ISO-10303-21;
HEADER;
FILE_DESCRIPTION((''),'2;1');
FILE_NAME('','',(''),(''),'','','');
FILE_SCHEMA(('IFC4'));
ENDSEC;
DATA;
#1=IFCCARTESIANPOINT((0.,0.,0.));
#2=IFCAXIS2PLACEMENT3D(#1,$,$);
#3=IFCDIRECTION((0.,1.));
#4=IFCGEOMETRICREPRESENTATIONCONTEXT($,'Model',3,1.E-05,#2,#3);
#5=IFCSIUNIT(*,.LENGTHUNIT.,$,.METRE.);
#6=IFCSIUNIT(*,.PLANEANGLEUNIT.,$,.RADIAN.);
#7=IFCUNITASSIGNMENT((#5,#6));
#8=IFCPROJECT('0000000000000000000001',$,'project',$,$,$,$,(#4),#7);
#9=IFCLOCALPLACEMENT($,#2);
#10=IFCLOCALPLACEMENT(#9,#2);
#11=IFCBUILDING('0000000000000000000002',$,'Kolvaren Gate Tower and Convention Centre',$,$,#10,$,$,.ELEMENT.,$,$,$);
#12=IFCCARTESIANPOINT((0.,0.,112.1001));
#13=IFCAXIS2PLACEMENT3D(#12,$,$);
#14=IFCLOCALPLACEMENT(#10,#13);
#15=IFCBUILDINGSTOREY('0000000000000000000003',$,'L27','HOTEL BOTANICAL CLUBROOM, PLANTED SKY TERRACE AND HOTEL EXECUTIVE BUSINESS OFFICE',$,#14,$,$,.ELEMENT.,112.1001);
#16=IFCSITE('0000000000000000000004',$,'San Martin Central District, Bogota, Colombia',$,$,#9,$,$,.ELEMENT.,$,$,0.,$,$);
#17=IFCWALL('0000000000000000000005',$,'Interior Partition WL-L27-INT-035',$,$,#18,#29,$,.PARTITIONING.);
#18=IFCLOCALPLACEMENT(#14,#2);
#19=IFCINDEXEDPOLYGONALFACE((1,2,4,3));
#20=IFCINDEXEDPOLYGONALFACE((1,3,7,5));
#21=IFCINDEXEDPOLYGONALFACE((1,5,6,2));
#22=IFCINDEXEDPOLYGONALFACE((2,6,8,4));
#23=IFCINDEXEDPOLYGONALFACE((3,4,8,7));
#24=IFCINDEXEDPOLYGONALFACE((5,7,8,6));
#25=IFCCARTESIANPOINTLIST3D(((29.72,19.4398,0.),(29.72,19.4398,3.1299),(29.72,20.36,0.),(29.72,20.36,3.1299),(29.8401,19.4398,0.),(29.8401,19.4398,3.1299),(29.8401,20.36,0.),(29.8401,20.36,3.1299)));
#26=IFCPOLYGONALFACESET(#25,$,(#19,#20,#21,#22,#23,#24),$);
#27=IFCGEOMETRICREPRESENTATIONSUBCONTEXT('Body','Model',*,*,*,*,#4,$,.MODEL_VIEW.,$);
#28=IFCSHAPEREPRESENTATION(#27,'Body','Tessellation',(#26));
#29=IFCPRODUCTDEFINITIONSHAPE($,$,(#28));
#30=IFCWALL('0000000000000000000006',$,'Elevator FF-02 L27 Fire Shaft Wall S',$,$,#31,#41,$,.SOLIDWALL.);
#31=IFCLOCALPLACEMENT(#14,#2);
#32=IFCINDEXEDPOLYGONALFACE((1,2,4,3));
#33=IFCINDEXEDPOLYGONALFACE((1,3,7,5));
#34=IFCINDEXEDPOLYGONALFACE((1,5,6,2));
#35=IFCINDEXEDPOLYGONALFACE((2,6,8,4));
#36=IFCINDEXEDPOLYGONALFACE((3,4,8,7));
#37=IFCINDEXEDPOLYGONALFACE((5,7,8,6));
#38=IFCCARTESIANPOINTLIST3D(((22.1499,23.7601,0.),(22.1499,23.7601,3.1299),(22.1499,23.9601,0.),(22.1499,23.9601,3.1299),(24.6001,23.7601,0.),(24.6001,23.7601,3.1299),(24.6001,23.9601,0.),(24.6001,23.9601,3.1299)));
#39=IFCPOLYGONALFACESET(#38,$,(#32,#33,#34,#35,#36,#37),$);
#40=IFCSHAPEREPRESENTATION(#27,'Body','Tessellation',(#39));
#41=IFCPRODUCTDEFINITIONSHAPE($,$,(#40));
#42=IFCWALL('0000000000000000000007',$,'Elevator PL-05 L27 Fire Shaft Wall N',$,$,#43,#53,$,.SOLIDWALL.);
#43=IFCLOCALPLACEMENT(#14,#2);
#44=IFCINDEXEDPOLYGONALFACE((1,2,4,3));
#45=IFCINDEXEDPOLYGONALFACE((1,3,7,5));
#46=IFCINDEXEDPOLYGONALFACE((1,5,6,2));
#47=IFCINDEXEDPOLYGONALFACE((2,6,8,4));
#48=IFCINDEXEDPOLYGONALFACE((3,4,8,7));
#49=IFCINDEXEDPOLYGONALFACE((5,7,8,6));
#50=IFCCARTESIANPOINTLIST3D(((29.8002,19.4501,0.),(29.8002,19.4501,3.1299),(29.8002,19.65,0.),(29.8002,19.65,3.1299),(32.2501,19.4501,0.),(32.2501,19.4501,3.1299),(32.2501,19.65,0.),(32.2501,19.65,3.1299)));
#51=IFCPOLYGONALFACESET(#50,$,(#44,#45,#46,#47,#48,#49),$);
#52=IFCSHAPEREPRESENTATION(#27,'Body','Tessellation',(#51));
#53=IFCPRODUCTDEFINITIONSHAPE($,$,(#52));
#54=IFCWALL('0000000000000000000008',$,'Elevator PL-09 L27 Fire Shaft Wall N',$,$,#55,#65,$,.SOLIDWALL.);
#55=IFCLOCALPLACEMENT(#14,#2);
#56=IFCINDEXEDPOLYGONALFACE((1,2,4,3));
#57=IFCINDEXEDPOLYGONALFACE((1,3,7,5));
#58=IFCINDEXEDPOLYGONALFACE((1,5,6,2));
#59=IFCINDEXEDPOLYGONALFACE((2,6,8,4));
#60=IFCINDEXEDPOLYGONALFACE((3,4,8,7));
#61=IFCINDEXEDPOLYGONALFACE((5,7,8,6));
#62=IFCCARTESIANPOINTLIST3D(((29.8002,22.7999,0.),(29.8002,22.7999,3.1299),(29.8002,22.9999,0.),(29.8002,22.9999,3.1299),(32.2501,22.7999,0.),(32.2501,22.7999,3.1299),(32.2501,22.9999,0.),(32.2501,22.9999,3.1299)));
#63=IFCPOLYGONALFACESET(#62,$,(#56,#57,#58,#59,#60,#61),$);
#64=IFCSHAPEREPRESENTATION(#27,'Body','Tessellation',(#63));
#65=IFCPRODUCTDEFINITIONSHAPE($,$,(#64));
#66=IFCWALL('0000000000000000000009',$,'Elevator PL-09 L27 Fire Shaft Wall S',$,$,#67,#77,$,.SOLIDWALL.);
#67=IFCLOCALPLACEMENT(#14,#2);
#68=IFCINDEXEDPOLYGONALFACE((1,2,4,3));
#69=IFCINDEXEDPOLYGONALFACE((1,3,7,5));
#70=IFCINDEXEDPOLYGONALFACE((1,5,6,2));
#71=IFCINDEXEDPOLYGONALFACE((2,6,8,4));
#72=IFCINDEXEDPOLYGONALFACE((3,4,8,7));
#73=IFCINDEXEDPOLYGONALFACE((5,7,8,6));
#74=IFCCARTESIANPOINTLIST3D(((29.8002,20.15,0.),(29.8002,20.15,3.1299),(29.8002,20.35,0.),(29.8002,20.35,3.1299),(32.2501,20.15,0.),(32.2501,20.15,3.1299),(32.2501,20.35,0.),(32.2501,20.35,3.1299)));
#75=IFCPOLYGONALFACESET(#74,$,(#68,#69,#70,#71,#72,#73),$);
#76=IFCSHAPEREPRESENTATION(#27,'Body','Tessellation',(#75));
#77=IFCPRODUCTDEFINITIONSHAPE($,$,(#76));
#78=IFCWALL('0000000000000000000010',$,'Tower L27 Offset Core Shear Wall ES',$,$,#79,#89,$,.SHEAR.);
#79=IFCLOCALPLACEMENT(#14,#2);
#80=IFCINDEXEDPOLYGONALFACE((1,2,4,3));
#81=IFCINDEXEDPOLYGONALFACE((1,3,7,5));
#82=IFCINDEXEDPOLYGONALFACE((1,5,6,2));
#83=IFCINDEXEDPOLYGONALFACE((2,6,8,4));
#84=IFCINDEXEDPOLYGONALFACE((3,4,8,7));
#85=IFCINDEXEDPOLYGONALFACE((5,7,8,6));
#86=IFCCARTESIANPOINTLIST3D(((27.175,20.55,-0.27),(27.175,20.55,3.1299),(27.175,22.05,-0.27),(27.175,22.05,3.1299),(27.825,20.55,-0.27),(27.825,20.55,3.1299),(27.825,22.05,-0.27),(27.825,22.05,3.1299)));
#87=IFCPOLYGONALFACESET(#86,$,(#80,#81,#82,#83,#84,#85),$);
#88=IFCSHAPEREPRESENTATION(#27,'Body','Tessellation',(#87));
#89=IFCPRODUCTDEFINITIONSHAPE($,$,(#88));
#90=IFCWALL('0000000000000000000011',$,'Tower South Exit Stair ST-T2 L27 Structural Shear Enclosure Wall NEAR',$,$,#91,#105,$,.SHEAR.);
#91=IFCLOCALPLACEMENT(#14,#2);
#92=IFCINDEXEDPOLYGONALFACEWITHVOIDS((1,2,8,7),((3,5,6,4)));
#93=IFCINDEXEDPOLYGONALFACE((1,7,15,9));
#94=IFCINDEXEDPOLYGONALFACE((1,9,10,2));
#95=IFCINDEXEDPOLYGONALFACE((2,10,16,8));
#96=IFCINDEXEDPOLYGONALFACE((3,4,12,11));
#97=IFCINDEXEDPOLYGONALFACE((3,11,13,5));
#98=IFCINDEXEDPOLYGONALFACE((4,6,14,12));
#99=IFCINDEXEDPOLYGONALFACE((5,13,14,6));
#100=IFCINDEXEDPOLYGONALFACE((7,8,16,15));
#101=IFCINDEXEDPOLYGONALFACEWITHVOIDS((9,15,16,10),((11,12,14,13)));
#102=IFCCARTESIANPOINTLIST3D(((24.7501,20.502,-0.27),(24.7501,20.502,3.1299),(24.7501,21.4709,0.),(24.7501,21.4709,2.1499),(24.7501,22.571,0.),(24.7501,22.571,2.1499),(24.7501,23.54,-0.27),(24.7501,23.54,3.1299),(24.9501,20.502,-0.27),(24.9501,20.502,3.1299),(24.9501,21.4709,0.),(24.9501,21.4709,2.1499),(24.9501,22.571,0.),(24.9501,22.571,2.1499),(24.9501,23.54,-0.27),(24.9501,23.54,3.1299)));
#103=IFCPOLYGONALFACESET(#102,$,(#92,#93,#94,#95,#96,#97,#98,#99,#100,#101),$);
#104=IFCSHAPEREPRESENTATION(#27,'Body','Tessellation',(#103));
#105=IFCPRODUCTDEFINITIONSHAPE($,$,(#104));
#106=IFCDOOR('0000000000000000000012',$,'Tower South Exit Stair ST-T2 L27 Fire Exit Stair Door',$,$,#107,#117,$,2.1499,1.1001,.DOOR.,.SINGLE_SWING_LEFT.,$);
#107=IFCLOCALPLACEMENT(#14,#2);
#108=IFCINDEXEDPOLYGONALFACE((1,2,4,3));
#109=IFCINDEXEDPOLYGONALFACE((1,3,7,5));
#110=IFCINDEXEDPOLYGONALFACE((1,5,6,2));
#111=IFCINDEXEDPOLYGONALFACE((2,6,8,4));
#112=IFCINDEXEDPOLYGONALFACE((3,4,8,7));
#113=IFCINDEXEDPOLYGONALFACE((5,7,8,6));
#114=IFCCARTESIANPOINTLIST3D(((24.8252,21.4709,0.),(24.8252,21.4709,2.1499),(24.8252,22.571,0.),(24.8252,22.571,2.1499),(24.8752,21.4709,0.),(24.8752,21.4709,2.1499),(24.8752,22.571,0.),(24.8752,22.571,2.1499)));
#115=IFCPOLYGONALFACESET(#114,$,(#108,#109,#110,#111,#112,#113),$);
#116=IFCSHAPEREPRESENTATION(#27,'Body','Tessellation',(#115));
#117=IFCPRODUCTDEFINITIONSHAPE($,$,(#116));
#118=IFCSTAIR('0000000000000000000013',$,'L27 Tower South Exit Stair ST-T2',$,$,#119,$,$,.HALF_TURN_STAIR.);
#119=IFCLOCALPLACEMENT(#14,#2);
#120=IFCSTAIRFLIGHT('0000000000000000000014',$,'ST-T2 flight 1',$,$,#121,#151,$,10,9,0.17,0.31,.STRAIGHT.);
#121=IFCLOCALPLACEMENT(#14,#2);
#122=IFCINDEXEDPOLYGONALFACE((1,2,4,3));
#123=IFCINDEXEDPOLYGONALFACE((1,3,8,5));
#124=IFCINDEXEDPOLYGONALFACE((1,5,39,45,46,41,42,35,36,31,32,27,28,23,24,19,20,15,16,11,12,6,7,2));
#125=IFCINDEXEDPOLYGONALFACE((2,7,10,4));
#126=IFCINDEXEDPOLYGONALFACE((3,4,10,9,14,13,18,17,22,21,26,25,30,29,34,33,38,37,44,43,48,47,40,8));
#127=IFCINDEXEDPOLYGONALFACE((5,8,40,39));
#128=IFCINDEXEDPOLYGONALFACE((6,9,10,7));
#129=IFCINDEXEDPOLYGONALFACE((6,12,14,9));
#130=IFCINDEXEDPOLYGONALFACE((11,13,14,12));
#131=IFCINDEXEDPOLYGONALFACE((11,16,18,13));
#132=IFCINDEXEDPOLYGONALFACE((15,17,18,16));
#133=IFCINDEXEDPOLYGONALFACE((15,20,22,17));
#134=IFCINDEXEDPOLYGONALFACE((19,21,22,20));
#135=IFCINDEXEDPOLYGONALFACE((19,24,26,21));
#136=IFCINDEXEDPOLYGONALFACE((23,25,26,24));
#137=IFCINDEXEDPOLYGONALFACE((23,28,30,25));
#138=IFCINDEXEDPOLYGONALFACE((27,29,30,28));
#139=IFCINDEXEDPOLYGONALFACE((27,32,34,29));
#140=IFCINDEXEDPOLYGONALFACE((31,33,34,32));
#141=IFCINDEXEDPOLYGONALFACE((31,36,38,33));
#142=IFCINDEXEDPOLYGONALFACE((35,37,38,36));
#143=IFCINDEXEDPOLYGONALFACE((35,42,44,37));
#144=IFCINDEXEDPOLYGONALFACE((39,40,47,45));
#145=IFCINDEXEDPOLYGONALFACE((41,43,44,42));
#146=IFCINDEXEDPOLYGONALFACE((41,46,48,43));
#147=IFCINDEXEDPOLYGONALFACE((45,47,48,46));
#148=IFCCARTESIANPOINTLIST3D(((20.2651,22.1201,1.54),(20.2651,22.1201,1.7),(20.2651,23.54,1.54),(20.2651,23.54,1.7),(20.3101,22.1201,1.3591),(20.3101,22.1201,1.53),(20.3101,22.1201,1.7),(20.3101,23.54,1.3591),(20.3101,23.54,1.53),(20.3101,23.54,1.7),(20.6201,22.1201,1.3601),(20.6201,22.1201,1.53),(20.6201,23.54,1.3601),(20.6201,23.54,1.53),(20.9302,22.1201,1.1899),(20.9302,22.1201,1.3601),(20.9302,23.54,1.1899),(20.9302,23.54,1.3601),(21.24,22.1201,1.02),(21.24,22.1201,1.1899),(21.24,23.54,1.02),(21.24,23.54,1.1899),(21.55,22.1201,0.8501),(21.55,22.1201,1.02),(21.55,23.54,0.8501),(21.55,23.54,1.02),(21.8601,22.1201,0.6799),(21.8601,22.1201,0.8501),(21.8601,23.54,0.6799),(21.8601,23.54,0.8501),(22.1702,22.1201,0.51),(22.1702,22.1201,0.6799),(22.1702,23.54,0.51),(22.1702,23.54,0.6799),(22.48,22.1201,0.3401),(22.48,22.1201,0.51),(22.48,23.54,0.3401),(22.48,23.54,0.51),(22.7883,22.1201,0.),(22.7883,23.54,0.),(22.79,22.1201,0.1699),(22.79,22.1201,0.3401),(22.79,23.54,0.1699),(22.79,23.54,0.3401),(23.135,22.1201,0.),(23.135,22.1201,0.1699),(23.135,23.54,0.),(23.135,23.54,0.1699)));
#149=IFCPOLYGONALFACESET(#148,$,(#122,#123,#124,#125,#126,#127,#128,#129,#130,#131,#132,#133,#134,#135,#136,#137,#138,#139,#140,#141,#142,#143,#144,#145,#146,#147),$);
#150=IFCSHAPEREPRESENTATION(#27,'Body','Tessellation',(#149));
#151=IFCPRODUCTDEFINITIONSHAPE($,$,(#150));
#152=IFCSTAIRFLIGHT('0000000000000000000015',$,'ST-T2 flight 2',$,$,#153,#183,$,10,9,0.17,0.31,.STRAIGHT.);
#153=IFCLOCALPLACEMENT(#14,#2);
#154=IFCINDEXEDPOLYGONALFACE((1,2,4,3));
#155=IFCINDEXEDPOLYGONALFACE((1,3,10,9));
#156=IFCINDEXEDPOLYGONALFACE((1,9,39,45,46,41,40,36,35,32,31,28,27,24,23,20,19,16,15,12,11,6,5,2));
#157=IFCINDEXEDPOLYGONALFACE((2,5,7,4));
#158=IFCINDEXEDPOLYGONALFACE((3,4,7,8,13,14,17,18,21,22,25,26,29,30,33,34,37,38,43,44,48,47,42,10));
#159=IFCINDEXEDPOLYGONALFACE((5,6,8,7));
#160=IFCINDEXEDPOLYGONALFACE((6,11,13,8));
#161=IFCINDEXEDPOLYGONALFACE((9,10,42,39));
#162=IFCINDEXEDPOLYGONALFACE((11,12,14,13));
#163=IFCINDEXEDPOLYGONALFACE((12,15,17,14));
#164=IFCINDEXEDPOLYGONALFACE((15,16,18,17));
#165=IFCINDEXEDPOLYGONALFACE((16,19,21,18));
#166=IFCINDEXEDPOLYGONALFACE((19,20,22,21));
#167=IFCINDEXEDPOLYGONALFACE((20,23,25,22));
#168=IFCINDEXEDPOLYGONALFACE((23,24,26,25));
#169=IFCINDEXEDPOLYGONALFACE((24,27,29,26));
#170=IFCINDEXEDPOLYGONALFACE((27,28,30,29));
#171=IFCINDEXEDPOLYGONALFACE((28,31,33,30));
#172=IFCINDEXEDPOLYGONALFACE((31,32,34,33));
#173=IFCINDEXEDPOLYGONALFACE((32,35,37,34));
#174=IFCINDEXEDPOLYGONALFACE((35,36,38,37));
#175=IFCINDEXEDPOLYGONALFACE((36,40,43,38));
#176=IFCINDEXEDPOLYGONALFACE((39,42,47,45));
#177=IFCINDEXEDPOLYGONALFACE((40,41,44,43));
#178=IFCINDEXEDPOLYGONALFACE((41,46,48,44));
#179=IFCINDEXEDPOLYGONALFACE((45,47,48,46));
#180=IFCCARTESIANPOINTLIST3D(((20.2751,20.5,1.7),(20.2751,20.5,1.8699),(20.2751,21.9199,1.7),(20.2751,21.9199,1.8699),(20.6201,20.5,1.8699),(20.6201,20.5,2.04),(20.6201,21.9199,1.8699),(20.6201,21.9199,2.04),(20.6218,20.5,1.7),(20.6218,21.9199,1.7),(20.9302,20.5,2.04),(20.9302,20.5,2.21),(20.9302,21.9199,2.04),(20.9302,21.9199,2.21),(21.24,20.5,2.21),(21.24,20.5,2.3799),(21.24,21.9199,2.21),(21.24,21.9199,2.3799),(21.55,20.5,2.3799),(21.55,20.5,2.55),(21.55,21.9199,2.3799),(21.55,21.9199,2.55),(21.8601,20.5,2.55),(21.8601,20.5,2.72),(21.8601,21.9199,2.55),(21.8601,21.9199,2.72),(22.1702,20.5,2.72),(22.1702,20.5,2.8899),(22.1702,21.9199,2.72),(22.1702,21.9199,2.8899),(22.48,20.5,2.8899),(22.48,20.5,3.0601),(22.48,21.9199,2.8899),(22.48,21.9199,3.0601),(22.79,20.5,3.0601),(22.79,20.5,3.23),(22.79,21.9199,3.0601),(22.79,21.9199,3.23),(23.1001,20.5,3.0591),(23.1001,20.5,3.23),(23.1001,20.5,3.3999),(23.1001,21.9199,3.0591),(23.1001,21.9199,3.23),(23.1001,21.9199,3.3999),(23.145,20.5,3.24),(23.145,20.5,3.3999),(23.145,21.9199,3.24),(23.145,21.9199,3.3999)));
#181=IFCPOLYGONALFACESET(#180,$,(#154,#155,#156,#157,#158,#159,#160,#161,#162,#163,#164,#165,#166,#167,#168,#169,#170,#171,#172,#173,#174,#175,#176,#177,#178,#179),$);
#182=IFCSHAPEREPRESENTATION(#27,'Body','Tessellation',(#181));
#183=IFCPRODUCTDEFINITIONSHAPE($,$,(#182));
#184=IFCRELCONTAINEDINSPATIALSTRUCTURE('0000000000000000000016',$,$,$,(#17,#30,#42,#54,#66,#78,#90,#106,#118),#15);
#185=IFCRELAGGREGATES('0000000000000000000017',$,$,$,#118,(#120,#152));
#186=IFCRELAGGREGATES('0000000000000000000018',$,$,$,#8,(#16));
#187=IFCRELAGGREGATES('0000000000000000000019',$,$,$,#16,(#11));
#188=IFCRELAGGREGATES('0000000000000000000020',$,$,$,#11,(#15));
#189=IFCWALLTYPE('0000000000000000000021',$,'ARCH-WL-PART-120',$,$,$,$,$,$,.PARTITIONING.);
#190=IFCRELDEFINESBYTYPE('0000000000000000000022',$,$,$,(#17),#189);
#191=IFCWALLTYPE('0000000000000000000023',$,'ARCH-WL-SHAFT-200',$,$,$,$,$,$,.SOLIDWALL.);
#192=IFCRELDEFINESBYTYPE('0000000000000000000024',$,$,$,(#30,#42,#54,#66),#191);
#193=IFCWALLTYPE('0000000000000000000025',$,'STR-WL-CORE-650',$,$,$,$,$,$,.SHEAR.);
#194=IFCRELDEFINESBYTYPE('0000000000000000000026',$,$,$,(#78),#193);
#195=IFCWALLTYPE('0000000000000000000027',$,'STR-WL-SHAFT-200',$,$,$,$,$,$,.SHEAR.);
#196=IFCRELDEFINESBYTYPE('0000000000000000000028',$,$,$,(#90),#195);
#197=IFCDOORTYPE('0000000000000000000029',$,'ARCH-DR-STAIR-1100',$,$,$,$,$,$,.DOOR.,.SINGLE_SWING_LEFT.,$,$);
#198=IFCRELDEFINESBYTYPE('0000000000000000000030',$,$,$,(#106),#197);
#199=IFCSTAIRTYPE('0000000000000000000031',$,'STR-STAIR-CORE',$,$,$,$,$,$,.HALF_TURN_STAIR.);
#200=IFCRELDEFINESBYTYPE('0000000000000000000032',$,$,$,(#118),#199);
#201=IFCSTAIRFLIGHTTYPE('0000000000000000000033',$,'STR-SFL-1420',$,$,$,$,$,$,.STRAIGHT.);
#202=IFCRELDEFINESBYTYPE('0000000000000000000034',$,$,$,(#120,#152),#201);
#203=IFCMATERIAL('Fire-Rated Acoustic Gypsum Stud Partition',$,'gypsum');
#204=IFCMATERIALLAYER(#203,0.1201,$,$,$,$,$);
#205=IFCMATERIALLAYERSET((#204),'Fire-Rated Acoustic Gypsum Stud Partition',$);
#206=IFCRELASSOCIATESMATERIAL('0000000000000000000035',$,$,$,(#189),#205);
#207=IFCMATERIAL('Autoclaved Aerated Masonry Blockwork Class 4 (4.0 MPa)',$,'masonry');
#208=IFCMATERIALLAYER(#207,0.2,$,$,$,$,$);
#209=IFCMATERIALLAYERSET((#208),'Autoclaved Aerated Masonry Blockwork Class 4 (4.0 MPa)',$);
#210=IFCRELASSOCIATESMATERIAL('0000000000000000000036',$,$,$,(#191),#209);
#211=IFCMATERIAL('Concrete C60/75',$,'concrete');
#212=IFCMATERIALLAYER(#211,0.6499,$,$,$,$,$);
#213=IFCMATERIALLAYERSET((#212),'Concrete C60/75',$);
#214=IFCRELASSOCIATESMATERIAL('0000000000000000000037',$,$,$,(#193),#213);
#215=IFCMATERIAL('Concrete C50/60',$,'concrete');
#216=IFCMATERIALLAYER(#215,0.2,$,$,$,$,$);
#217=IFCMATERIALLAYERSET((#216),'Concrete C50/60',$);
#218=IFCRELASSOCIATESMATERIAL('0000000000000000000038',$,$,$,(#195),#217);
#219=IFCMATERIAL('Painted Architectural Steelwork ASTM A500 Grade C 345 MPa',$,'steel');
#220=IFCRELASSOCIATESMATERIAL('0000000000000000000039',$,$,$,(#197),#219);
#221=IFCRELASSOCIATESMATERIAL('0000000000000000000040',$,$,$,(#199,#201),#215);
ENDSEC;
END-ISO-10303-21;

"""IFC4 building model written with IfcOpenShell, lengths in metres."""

from ifc_helpers import new_model, si_unit, direction, frame, frame_2d, origin, place, context, subcontext, project, spatial, polyline, rectangle, outline, extrude, material, layer, layer_set, type_object, element, fill, aggregate, save


model = new_model("IFC4")

# Units and contexts
model_context = context("Model", 3, precision=1e-05, world=origin(), true_north=direction((0.0, 1.0)))
body_context = subcontext(model_context, "Body", "Model", "MODEL_VIEW")
ifc_project = project(units=[si_unit("LENGTHUNIT", "METRE"), si_unit("PLANEANGLEUNIT", "RADIAN")], contexts=[model_context])

# Site, building, storey
site_placement = place(None, origin())
site = spatial("IfcSite", under=ifc_project, at=site_placement, Name="San Martin Central District, Bogota, Colombia", CompositionType="ELEMENT", RefElevation=0.0)
building_placement = place(site_placement, origin())
building = spatial("IfcBuilding", under=site, at=building_placement, Name="Kolvaren Gate Tower and Convention Centre", CompositionType="ELEMENT")
storey_placement = place(building_placement, frame((0.0, 0.0, 112.1001)))
storey = spatial("IfcBuildingStorey", under=building, at=storey_placement, Name="L27", Description="HOTEL BOTANICAL CLUBROOM, PLANTED SKY TERRACE AND HOTEL EXECUTIVE BUSINESS OFFICE", CompositionType="ELEMENT", Elevation=112.1001)

# Shared definitions
ifc_material_1 = material(Name="Autoclaved Aerated Masonry Blockwork Class 4 (4.0 MPa)", Category="masonry")

# Shared definitions
ifc_material_2 = material(Name="Painted Architectural Steelwork ASTM A500 Grade C 345 MPa", Category="steel")

# Walls
ifc_material_3 = material(Name="Fire-Rated Acoustic Gypsum Stud Partition", Category="gypsum")
ifc_layer_1 = layer(ifc_material_3, 0.1201)
ifc_layer_set_1 = layer_set([ifc_layer_1], Name="Fire-Rated Acoustic Gypsum Stud Partition")
wall_type_1 = type_object("IfcWallType", Name="ARCH-WL-PART-120", PredefinedType="PARTITIONING", material=ifc_layer_set_1)
wall_1_placement = place(storey_placement, frame((29.78, 19.4399, 0.0), z_axis=(0.0, 0.0, 1.0), x_axis=(0.0, 1.0, 0.0)))
element("IfcWall", 1, at=wall_1_placement, inside=storey, type_object=wall_type_1, Name="Interior Partition WL-L27-INT-035", PredefinedType="PARTITIONING", context=body_context, shape_type="SweptSolid", body=[
    extrude(rectangle(XDim=0.9202, YDim=0.1201, at=frame_2d((0.46, 0.0))), origin(), (0.0, 0.0, 1.0), 3.1299),
])
ifc_layer_2 = layer(ifc_material_1, 0.2)
ifc_layer_set_2 = layer_set([ifc_layer_2], Name="Autoclaved Aerated Masonry Blockwork Class 4 (4.0 MPa)")
wall_type_2 = type_object("IfcWallType", Name="ARCH-WL-SHAFT-200", PredefinedType="SOLIDWALL", material=ifc_layer_set_2)
wall_2_placement = place(storey_placement, frame((22.1499, 23.8601, 0.0), z_axis=(0.0, 0.0, 1.0), x_axis=(1.0, 0.0, 0.0)))
element("IfcWall", 2, at=wall_2_placement, inside=storey, type_object=wall_type_2, Name="Elevator FF-02 L27 Fire Shaft Wall S", PredefinedType="SOLIDWALL", context=body_context, shape_type="SweptSolid", body=[
    extrude(rectangle(XDim=2.4502, YDim=0.2, at=frame_2d((1.2251, 0.0))), origin(), (0.0, 0.0, 1.0), 3.1299),
])
for number, where, z_axis, x_axis, name in (
    (3, (29.8, 19.55, 0.0), (0.0, 0.0, 1.0), (1.0, 0.0, 0.0), "Elevator PL-05 L27 Fire Shaft Wall N"),
    (4, (29.8, 22.8999, 0.0), (0.0, 0.0, 1.0), (1.0, 0.0, 0.0), "Elevator PL-09 L27 Fire Shaft Wall N"),
    (5, (29.8, 20.25, 0.0), (0.0, 0.0, 1.0), (1.0, 0.0, 0.0), "Elevator PL-09 L27 Fire Shaft Wall S"),
):
    element("IfcWall", number, at=place(storey_placement, frame(where, z_axis=z_axis, x_axis=x_axis)), inside=storey, type_object=wall_type_2, Name=name, PredefinedType="SOLIDWALL", context=body_context, shape_type="SweptSolid", body=[
        extrude(rectangle(XDim=2.45, YDim=0.2, at=frame_2d((1.2251, 0.0))), origin(), (0.0, 0.0, 1.0), 3.1299),
    ])
ifc_material_4 = material(Name="Concrete C60/75", Category="concrete")
ifc_layer_3 = layer(ifc_material_4, 0.6499)
ifc_layer_set_3 = layer_set([ifc_layer_3], Name="Concrete C60/75")
wall_type_3 = type_object("IfcWallType", Name="STR-WL-CORE-650", PredefinedType="SHEAR", material=ifc_layer_set_3)
wall_3_placement = place(storey_placement, frame((27.5, 20.55, -0.27), z_axis=(0.0, 0.0, 1.0), x_axis=(0.0, 1.0, 0.0)))
element("IfcWall", 6, at=wall_3_placement, inside=storey, type_object=wall_type_3, Name="Tower L27 Offset Core Shear Wall ES", PredefinedType="SHEAR", context=body_context, shape_type="SweptSolid", body=[
    extrude(rectangle(XDim=1.5, YDim=0.6499, at=frame_2d((0.75, 0.0))), origin(), (0.0, 0.0, 1.0), 3.3999),
])

# Wall, opening, door
ifc_material_5 = material(Name="Concrete C50/60", Category="concrete")
ifc_layer_4 = layer(ifc_material_5, 0.2)
ifc_layer_set_4 = layer_set([ifc_layer_4], Name="Concrete C50/60")
wall_type_4 = type_object("IfcWallType", Name="STR-WL-SHAFT-200", PredefinedType="SHEAR", material=ifc_layer_set_4)
wall_4_placement = place(storey_placement, frame((24.8501, 20.502, -0.27), z_axis=(0.0, 0.0, 1.0), x_axis=(0.0, 1.0, 0.0)))
wall_4 = element("IfcWall", 7, at=wall_4_placement, inside=storey, type_object=wall_type_4, Name="Tower South Exit Stair ST-T2 L27 Structural Shear Enclosure Wall NEAR", PredefinedType="SHEAR", context=body_context, shape_type="SweptSolid", body=[
    extrude(rectangle(XDim=3.0381, YDim=0.2, at=frame_2d((1.519, 0.0))), origin(), (0.0, 0.0, 1.0), 3.3999),
])
opening_1_placement = place(wall_4_placement, frame((0.969, 0.0, 0.27)))
opening_1 = element("IfcOpeningElement", 8, at=opening_1_placement, cuts=wall_4, PredefinedType="OPENING", context=body_context, shape_type="SweptSolid", body=[
    extrude(rectangle(XDim=1.1001, YDim=2.1499, at=frame_2d((0.55, 1.075))), frame((0.0, 0.1099, 0.0), z_axis=(0.0, -1.0, 0.0), x_axis=(1.0, 0.0, 0.0)), (0.0, 0.0, 1.0), 0.22),
])
door_type_1 = type_object("IfcDoorType", Name="ARCH-DR-STAIR-1100", OperationType="SINGLE_SWING_LEFT", PredefinedType="DOOR", material=ifc_material_2)
door_1_placement = place(opening_1_placement, origin())
door_1 = element("IfcDoor", 9, at=door_1_placement, inside=storey, type_object=door_type_1, Name="Tower South Exit Stair ST-T2 L27 Fire Exit Stair Door", OperationType="SINGLE_SWING_LEFT", OverallHeight=2.1499, OverallWidth=1.1001, PredefinedType="DOOR", context=body_context, shape_type="SweptSolid", body=[
    extrude(rectangle(XDim=1.1001, YDim=2.1499, at=frame_2d((0.55, 1.075))), frame((0.0, 0.0249, 0.0), z_axis=(0.0, -1.0, 0.0), x_axis=(1.0, 0.0, 0.0)), (0.0, 0.0, 1.0), 0.05),
])
fill(opening_1, door_1)

# Stair, stair flights
stair_type = type_object("IfcStairType", Name="STR-STAIR-CORE", PredefinedType="HALF_TURN_STAIR", material=ifc_material_5)
stair_placement = place(storey_placement, origin())
stair = element("IfcStair", 10, at=stair_placement, inside=storey, type_object=stair_type, Name="L27 Tower South Exit Stair ST-T2", PredefinedType="HALF_TURN_STAIR")
stair_flight_type = type_object("IfcStairFlightType", Name="STR-SFL-1420", PredefinedType="STRAIGHT", material=ifc_material_5)
stair_flight_1_placement = place(storey_placement, frame((23.1001, 22.8301, 0.0), z_axis=(0.0, 0.0, 1.0), x_axis=(-1.0, 0.0, 0.0)))
stair_flight_1 = element("IfcStairFlight", 11, at=stair_flight_1_placement, type_object=stair_flight_type, Name="ST-T2 flight 1", NumberOfRisers=10, NumberOfTreads=9, PredefinedType="STRAIGHT", RiserHeight=0.17, TreadLength=0.31, context=body_context, shape_type="SweptSolid", body=[
    extrude(outline(polyline([(-0.0349, 0.0), (-0.0349, 0.1699), (0.3101, 0.1699), (0.3101, 0.3401), (0.6201, 0.3401), (0.6201, 0.51), (0.9299, 0.51), (0.9299, 0.6799), (1.24, 0.6799), (1.24, 0.8501), (1.55, 0.8501), (1.55, 1.02), (1.8601, 1.02), (1.8601, 1.1899), (2.1699, 1.1899), (2.1699, 1.3601), (2.48, 1.3601), (2.48, 1.53), (2.79, 1.53), (2.79, 1.7), (2.835, 1.7), (2.835, 1.54), (2.79, 1.3591), (0.3118, 0.0), (-0.0349, 0.0)])), frame((0.0, 0.71, 0.0), z_axis=(0.0, -1.0, 0.0), x_axis=(1.0, 0.0, 0.0)), (0.0, 0.0, 1.0), 1.4199),
])
stair_flight_2_placement = place(storey_placement, frame((20.3101, 21.21, 1.7), z_axis=(0.0, 0.0, 1.0), x_axis=(1.0, 0.0, 0.0)))
stair_flight_2 = element("IfcStairFlight", 12, at=stair_flight_2_placement, type_object=stair_flight_type, Name="ST-T2 flight 2", NumberOfRisers=10, NumberOfTreads=9, PredefinedType="STRAIGHT", RiserHeight=0.17, TreadLength=0.31, context=body_context, shape_type="SweptSolid", body=[
    extrude(outline(polyline([(-0.0349, 0.0), (-0.0349, 0.1699), (0.3101, 0.1699), (0.3101, 0.3401), (0.6201, 0.3401), (0.6201, 0.51), (0.9299, 0.51), (0.9299, 0.6799), (1.24, 0.6799), (1.24, 0.8501), (1.55, 0.8501), (1.55, 1.02), (1.8601, 1.02), (1.8601, 1.1899), (2.1699, 1.1899), (2.1699, 1.3601), (2.48, 1.3601), (2.48, 1.53), (2.79, 1.53), (2.79, 1.7), (2.835, 1.7), (2.835, 1.54), (2.79, 1.3591), (0.3118, 0.0), (-0.0349, 0.0)])), frame((0.0, 0.71, 0.0), z_axis=(0.0, -1.0, 0.0), x_axis=(1.0, 0.0, 0.0)), (0.0, 0.0, 1.0), 1.4199),
])
aggregate(stair, [stair_flight_1, stair_flight_2])

save(model, "model.ifc")
